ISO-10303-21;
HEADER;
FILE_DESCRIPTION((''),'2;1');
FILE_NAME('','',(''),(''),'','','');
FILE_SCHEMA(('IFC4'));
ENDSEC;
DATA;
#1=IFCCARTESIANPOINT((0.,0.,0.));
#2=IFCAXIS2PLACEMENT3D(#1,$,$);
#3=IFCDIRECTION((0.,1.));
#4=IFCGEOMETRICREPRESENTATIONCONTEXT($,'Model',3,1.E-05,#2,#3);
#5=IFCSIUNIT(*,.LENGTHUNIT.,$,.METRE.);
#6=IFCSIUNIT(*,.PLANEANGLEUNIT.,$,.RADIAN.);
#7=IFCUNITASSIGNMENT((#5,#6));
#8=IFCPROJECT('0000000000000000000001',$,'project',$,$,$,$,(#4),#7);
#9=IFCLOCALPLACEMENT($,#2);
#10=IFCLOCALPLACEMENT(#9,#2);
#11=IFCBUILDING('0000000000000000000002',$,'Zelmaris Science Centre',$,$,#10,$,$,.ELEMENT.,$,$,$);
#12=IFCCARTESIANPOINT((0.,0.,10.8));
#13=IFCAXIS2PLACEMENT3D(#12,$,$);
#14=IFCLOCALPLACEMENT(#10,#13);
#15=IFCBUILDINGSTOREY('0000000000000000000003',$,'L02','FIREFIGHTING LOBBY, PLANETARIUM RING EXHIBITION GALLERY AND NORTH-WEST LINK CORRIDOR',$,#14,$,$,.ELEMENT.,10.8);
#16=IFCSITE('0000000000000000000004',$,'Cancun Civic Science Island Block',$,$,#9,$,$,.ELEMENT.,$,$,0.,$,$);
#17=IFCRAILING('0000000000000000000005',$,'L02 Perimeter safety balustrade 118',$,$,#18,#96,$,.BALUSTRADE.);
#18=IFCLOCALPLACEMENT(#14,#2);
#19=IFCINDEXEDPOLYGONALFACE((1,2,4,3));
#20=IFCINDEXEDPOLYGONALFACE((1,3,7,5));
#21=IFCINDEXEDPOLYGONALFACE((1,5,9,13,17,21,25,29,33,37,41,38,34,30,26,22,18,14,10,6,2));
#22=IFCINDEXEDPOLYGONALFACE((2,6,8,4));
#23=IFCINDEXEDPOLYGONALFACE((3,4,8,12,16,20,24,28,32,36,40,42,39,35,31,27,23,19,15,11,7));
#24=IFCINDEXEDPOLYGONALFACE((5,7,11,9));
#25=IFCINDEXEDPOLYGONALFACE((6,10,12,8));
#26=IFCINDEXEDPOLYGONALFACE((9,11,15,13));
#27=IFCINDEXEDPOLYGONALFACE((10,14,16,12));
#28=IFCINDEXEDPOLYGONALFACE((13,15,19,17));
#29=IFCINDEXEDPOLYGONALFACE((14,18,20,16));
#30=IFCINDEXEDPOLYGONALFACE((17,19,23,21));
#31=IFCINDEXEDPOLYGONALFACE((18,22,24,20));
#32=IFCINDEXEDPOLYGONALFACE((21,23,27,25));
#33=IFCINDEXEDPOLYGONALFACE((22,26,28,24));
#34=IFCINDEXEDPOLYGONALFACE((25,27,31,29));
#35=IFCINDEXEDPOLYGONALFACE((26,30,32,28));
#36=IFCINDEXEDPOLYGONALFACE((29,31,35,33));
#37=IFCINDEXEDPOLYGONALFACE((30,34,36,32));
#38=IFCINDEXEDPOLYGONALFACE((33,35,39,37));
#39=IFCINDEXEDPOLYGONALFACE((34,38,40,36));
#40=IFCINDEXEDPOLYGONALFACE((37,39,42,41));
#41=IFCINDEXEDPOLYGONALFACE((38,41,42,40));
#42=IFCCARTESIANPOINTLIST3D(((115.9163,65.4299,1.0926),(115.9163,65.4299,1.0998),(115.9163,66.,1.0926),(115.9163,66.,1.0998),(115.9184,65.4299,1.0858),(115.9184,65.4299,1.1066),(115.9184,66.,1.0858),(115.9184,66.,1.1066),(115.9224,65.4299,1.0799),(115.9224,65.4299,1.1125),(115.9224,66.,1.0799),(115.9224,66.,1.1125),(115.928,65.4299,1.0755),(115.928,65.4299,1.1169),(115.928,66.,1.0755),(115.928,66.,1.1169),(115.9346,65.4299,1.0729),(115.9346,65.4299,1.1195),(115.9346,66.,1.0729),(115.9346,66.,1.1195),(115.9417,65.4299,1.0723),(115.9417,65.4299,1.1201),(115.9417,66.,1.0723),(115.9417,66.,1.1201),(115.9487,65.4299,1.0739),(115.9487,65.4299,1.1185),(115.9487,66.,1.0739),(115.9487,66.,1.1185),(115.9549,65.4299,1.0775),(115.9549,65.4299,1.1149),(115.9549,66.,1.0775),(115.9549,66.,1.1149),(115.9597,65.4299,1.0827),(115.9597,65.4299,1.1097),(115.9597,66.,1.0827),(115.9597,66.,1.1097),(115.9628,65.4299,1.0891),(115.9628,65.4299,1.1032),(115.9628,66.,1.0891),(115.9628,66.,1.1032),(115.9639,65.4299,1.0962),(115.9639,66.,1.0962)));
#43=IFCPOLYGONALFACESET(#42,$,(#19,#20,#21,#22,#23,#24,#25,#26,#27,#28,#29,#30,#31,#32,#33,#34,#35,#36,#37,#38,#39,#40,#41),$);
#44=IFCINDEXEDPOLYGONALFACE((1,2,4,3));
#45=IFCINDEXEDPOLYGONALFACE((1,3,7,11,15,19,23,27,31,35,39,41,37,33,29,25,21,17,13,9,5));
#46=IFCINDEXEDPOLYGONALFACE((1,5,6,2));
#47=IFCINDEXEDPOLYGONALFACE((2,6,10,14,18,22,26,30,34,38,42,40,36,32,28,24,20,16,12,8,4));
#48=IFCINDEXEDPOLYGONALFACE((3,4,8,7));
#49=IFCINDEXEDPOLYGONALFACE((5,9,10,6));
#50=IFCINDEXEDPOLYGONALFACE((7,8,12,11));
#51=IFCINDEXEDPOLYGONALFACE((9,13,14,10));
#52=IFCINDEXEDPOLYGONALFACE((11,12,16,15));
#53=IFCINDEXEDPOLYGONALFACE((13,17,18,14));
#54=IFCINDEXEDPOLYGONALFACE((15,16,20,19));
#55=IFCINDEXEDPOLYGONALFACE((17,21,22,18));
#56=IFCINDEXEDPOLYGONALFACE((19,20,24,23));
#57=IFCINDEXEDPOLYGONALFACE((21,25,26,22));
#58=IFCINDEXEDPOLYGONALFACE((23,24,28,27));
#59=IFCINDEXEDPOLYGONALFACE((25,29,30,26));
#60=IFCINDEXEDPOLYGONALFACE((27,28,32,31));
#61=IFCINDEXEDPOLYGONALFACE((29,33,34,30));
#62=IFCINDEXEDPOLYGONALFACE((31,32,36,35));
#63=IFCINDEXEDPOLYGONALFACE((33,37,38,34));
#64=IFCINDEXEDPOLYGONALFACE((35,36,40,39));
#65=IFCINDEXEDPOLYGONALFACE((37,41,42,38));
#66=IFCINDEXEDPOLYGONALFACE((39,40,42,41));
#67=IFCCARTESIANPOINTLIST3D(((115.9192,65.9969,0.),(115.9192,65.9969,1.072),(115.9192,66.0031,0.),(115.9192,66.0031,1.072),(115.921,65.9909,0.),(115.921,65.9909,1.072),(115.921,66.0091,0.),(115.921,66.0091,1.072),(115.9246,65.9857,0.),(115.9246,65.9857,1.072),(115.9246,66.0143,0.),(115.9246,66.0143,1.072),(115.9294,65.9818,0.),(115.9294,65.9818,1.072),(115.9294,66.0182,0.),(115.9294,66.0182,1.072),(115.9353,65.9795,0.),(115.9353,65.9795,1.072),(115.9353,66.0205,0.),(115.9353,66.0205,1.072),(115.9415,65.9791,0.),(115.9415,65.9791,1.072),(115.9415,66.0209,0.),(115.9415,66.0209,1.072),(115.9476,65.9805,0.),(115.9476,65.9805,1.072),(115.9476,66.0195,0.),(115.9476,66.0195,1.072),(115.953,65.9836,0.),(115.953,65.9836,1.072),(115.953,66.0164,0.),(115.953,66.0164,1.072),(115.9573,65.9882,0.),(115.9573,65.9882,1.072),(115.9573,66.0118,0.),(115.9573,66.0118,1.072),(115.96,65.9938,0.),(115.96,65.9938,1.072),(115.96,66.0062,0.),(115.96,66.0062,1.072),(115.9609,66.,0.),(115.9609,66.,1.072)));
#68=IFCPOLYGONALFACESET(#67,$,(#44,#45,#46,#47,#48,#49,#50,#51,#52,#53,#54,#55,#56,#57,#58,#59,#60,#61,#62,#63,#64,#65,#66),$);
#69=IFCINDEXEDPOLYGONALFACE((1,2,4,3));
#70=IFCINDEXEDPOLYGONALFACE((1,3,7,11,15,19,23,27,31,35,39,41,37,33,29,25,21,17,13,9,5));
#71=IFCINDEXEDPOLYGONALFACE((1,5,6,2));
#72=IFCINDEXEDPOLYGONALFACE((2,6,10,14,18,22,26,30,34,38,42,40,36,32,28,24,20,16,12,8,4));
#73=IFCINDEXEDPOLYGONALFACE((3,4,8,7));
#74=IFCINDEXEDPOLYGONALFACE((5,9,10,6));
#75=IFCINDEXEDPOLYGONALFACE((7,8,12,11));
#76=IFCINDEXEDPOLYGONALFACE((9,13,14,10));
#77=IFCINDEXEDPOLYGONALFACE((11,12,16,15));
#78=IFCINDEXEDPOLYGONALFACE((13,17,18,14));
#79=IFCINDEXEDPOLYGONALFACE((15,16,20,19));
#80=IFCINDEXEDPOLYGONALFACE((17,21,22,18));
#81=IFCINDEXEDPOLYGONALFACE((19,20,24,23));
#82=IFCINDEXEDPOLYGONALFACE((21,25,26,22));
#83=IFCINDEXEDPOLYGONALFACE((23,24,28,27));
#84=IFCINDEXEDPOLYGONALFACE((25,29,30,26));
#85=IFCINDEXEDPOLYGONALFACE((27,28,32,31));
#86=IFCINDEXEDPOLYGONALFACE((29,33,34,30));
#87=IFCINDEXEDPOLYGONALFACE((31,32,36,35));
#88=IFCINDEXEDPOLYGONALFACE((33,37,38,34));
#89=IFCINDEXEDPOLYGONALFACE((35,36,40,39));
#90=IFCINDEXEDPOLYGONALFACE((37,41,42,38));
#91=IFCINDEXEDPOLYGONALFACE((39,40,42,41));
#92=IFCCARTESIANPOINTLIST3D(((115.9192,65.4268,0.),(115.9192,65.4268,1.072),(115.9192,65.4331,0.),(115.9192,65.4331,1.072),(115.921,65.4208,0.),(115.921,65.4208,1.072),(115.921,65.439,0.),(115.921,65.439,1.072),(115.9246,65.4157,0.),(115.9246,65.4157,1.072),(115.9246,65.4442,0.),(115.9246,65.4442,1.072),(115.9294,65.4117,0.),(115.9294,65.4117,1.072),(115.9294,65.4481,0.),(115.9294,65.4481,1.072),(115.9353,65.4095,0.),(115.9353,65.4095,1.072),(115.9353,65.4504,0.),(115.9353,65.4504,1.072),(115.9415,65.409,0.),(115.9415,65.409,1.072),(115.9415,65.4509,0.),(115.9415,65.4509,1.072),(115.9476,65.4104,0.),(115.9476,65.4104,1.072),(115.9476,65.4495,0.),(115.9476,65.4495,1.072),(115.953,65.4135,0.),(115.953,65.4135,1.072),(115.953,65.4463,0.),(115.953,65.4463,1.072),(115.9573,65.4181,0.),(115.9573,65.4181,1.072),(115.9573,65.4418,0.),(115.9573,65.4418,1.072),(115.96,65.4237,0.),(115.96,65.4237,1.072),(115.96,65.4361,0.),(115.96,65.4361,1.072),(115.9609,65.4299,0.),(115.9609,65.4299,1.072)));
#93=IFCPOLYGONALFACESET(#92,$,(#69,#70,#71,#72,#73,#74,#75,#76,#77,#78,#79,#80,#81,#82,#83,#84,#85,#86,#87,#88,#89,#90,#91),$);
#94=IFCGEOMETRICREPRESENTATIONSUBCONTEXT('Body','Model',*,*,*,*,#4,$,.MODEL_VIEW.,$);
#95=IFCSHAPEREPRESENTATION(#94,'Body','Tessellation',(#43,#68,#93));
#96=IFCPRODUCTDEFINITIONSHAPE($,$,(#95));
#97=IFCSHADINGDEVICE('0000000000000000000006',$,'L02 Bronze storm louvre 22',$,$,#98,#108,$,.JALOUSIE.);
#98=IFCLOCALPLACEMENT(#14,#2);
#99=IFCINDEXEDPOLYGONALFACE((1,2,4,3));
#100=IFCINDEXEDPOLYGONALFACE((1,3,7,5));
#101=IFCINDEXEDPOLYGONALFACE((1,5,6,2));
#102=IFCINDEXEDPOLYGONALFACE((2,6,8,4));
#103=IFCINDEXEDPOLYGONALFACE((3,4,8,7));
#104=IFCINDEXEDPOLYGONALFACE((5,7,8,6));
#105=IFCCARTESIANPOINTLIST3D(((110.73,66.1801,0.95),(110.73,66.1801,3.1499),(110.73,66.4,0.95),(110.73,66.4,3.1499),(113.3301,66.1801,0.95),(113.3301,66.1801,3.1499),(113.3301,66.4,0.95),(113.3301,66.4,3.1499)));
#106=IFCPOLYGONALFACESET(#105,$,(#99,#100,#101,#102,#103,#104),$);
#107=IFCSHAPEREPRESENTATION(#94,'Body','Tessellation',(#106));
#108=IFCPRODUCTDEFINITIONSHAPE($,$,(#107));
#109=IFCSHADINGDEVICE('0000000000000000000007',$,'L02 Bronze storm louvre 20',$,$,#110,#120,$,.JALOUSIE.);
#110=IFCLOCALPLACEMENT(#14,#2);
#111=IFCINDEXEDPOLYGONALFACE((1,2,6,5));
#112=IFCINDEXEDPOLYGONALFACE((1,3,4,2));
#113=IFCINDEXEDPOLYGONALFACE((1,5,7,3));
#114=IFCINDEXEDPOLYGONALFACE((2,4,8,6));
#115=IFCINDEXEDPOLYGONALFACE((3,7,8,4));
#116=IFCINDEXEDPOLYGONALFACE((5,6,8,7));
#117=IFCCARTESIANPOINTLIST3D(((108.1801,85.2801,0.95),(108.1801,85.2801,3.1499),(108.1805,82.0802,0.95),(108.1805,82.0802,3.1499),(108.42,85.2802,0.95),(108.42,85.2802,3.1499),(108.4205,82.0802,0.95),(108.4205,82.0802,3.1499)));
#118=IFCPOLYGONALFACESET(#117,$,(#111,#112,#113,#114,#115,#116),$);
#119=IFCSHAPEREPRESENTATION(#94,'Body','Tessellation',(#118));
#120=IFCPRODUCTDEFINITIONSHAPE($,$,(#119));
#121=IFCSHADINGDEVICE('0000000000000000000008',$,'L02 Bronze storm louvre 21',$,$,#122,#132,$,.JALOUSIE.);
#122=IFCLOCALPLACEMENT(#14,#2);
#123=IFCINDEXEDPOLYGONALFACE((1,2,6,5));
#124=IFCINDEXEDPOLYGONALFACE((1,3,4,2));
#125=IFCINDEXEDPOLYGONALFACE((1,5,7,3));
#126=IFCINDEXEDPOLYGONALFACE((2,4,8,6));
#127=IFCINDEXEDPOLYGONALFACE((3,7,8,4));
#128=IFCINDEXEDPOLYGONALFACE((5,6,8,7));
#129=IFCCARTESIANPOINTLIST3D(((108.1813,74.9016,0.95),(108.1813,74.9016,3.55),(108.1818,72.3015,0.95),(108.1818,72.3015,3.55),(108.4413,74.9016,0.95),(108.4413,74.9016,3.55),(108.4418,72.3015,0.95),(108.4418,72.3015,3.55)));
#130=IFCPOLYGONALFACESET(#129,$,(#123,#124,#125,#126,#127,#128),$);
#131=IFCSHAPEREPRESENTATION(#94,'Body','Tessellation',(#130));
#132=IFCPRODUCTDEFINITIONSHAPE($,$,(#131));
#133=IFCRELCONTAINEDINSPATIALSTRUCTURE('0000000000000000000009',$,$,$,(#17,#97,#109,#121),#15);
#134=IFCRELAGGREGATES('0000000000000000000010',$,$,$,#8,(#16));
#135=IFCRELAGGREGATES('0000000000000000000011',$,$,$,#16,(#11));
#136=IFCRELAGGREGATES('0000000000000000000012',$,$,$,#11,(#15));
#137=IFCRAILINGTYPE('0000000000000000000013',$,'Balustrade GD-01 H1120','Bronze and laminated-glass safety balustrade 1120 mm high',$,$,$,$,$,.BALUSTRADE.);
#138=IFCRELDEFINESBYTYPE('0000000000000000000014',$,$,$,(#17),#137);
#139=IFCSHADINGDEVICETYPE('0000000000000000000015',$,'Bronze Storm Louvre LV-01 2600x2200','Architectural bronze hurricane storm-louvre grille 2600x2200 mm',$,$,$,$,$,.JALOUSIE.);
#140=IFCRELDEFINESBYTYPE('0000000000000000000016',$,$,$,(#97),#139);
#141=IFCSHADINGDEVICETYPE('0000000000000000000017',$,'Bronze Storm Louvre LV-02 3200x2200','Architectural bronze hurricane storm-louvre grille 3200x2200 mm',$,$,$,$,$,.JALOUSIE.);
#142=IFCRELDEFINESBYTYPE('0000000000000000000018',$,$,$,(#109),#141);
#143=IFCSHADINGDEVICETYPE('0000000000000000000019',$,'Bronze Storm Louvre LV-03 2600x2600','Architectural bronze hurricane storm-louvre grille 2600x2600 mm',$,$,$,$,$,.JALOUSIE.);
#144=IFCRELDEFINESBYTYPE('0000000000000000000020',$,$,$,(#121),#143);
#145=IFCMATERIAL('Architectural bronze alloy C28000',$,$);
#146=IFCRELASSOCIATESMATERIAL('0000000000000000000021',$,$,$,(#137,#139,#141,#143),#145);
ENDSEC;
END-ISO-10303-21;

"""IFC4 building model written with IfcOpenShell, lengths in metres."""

from ifc_helpers import new_model, si_unit, direction, frame, frame_2d, origin, origin_2d, place, context, subcontext, project, spatial, rectangle, circle, extrude, material, type_object, element, save


model = new_model("IFC4")

# Units and contexts
model_context = context("Model", 3, precision=1e-05, world=origin(), true_north=direction((0.0, 1.0)))
body_context = subcontext(model_context, "Body", "Model", "MODEL_VIEW")
ifc_project = project(units=[si_unit("LENGTHUNIT", "METRE"), si_unit("PLANEANGLEUNIT", "RADIAN")], contexts=[model_context])

# Site, building, storey
site_placement = place(None, origin())
site = spatial("IfcSite", under=ifc_project, at=site_placement, Name="Cancun Civic Science Island Block", CompositionType="ELEMENT", RefElevation=0.0)
building_placement = place(site_placement, origin())
building = spatial("IfcBuilding", under=site, at=building_placement, Name="Zelmaris Science Centre", CompositionType="ELEMENT")
storey_placement = place(building_placement, frame((0.0, 0.0, 10.8)))
storey = spatial("IfcBuildingStorey", under=building, at=storey_placement, Name="L02", Description="FIREFIGHTING LOBBY, PLANETARIUM RING EXHIBITION GALLERY AND NORTH-WEST LINK CORRIDOR", CompositionType="ELEMENT", Elevation=10.8)

# Railing
ifc_material_1 = material(Name="Architectural bronze alloy C28000")
railing_type = type_object("IfcRailingType", Name="Balustrade GD-01 H1120", Description="Bronze and laminated-glass safety balustrade 1120 mm high", PredefinedType="BALUSTRADE", material=ifc_material_1)
railing_placement = place(storey_placement, frame((115.9399, 66.0, 0.0)))
element("IfcRailing", 1, at=railing_placement, inside=storey, type_object=railing_type, Name="L02 Perimeter safety balustrade 118", PredefinedType="BALUSTRADE", context=body_context, shape_type="SweptSolid", body=[
    extrude(circle(Radius=0.0239, at=origin_2d()), frame((0.0, 0.0, 1.0962), z_axis=(0.0, -1.0, 0.0), x_axis=(1.0, 0.0, 0.0)), (0.0, 0.0, 1.0), 0.5701),
    extrude(circle(Radius=0.021, at=origin_2d()), origin(), (0.0, 0.0, 1.0), 1.072),
    extrude(circle(Radius=0.021, at=origin_2d()), frame((0.0, -0.5701, 0.0)), (0.0, 0.0, 1.0), 1.072),
])

# Shading devices
shading_device_type_1 = type_object("IfcShadingDeviceType", Name="Bronze Storm Louvre LV-01 2600x2200", Description="Architectural bronze hurricane storm-louvre grille 2600x2200 mm", PredefinedType="JALOUSIE", material=ifc_material_1)
shading_device_1_placement = place(storey_placement, frame((110.73, 66.29, 0.95), z_axis=(0.0, 0.0, 1.0), x_axis=(1.0, 0.0, 0.0)))
element("IfcShadingDevice", 2, at=shading_device_1_placement, inside=storey, type_object=shading_device_type_1, Name="L02 Bronze storm louvre 22", PredefinedType="JALOUSIE", context=body_context, shape_type="SweptSolid", body=[
    extrude(rectangle(XDim=2.6001, YDim=0.22, at=frame_2d((1.3, 0.0))), origin(), (0.0, 0.0, 1.0), 2.2),
])
shading_device_type_2 = type_object("IfcShadingDeviceType", Name="Bronze Storm Louvre LV-02 3200x2200", Description="Architectural bronze hurricane storm-louvre grille 3200x2200 mm", PredefinedType="JALOUSIE", material=ifc_material_1)
shading_device_2_placement = place(storey_placement, frame((108.3, 85.2803, 0.95), z_axis=(0.0, 0.0, 1.0), x_axis=(0.000153, -1.0, 0.0)))
element("IfcShadingDevice", 3, at=shading_device_2_placement, inside=storey, type_object=shading_device_type_2, Name="L02 Bronze storm louvre 20", PredefinedType="JALOUSIE", context=body_context, shape_type="SweptSolid", body=[
    extrude(rectangle(XDim=3.2, YDim=0.24, at=frame_2d((1.6001, 0.0))), origin(), (0.0, 0.0, 1.0), 2.2),
])
shading_device_type_3 = type_object("IfcShadingDeviceType", Name="Bronze Storm Louvre LV-03 2600x2600", Description="Architectural bronze hurricane storm-louvre grille 2600x2600 mm", PredefinedType="JALOUSIE", material=ifc_material_1)
shading_device_3_placement = place(storey_placement, frame((108.3113, 74.9016, 0.95), z_axis=(0.0, 0.0, 1.0), x_axis=(0.000188, -1.0, 0.0)))
element("IfcShadingDevice", 4, at=shading_device_3_placement, inside=storey, type_object=shading_device_type_3, Name="L02 Bronze storm louvre 21", PredefinedType="JALOUSIE", context=body_context, shape_type="SweptSolid", body=[
    extrude(rectangle(XDim=2.6001, YDim=0.26, at=frame_2d((1.3, 0.0))), origin(), (0.0, 0.0, 1.0), 2.6001),
])

save(model, "model.ifc")
